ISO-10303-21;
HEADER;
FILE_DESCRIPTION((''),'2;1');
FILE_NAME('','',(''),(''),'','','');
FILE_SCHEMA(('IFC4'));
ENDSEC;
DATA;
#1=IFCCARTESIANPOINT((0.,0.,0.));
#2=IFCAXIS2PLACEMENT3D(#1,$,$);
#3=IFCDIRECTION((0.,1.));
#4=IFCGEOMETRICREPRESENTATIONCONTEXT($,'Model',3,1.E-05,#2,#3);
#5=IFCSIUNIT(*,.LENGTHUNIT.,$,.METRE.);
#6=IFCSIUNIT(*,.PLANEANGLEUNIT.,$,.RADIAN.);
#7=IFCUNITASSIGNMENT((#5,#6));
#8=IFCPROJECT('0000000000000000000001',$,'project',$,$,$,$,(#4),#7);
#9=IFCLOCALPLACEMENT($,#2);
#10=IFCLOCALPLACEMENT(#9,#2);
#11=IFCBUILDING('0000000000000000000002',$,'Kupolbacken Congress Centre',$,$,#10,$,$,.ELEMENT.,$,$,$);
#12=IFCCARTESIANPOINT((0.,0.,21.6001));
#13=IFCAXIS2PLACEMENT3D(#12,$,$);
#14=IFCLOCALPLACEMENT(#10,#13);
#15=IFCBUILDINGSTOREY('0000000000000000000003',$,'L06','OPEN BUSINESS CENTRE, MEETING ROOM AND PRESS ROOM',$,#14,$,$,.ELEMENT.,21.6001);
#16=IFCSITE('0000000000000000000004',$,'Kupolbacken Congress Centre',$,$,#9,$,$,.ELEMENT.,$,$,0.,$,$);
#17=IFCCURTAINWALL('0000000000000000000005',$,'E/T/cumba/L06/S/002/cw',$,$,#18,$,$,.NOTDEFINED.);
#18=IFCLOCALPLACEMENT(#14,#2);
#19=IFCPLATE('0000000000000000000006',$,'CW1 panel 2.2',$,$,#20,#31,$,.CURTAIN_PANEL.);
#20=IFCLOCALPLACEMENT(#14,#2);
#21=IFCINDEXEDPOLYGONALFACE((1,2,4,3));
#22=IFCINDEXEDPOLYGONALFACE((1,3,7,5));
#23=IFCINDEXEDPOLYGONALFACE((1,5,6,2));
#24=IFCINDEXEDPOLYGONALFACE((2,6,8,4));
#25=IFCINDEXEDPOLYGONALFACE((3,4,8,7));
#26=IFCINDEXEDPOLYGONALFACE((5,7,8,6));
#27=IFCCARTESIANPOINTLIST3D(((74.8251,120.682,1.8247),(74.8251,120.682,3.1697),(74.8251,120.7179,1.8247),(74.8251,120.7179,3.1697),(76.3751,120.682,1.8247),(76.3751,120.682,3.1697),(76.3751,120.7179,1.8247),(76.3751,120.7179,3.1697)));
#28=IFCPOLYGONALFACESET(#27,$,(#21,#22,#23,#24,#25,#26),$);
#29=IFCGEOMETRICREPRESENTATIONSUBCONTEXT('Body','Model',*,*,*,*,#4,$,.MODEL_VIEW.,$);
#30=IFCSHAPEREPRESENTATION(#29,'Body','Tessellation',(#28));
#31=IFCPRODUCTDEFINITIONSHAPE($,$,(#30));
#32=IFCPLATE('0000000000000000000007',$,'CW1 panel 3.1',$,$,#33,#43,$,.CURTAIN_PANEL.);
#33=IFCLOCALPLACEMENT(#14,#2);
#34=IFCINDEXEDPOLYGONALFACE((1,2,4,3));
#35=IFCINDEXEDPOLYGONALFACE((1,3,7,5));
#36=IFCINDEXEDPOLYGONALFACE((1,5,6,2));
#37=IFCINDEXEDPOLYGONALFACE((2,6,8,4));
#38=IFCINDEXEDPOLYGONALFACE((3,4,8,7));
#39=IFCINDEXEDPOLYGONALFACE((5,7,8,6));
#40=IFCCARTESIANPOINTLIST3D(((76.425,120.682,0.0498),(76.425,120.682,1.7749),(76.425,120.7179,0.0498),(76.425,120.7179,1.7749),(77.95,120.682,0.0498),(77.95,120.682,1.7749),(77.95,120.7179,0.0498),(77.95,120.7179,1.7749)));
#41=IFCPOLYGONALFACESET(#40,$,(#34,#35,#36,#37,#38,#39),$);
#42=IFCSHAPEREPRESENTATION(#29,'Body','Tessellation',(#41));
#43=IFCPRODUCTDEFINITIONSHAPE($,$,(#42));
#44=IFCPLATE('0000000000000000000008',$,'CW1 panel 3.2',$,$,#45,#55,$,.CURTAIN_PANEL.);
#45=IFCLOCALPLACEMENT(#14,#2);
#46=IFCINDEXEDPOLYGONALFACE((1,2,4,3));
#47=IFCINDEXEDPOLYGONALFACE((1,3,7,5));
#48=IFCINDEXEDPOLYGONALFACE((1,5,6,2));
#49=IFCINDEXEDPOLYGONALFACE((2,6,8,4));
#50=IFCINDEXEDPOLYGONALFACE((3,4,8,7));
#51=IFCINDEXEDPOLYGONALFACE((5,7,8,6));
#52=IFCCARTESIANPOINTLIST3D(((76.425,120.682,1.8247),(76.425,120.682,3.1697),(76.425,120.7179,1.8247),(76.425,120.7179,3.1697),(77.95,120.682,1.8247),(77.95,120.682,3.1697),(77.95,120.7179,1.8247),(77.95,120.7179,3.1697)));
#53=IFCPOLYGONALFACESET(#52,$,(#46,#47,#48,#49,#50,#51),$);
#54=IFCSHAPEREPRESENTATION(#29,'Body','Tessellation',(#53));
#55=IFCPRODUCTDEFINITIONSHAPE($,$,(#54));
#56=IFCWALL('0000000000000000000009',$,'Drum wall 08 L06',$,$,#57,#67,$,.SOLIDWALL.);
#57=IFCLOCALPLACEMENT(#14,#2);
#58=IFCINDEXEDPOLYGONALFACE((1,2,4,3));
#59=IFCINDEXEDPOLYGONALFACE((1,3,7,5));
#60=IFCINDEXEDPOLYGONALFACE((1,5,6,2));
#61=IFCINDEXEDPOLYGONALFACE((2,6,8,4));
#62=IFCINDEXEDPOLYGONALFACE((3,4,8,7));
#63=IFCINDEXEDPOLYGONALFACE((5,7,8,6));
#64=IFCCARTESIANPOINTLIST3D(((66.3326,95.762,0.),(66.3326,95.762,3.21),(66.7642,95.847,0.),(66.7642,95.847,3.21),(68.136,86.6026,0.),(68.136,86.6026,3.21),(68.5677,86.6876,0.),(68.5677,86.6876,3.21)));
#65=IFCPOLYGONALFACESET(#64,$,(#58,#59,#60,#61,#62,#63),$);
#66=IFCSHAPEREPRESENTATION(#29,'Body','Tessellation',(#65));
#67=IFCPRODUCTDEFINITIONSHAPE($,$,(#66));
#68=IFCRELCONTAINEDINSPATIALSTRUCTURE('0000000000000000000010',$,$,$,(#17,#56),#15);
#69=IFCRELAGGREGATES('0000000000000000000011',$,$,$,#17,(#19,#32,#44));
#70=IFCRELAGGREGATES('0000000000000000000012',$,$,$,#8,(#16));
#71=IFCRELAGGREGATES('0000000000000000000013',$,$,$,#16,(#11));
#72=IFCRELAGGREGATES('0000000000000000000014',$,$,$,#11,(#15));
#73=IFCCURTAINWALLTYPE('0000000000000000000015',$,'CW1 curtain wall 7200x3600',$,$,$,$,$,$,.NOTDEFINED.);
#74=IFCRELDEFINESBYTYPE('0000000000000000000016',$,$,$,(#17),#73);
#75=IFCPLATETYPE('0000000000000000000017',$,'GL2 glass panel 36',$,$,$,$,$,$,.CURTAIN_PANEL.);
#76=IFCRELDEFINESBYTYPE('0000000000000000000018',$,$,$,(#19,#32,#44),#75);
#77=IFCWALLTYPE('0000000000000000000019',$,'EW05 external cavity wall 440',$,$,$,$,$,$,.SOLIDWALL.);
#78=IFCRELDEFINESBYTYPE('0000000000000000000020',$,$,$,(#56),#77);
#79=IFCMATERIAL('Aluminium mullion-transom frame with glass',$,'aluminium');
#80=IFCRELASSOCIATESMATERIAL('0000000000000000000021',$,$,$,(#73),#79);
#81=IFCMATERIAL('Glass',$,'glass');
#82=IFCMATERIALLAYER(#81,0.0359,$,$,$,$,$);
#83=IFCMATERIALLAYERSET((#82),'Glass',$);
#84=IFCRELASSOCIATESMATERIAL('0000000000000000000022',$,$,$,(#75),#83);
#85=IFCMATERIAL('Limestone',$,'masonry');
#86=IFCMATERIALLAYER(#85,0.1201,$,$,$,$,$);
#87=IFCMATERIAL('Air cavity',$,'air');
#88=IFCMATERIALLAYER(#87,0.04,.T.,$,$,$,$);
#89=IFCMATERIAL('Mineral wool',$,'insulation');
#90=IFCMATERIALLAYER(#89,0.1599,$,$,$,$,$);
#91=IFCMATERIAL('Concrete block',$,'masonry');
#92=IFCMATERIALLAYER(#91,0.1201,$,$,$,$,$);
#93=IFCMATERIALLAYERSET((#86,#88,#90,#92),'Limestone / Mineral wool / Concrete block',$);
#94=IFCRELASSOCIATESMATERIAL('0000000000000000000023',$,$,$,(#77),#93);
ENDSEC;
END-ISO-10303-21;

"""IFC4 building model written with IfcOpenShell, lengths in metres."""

from ifc_helpers import new_model, si_unit, direction, frame, frame_2d, origin, origin_2d, place, context, subcontext, project, spatial, rectangle, extrude, material, layer, layer_set, type_object, element, aggregate, save


model = new_model("IFC4")

# Units and contexts
model_context = context("Model", 3, precision=1e-05, world=origin(), true_north=direction((0.0, 1.0)))
body_context = subcontext(model_context, "Body", "Model", "MODEL_VIEW")
ifc_project = project(units=[si_unit("LENGTHUNIT", "METRE"), si_unit("PLANEANGLEUNIT", "RADIAN")], contexts=[model_context])

# Site, building, storey
site_placement = place(None, origin())
site = spatial("IfcSite", under=ifc_project, at=site_placement, Name="Kupolbacken Congress Centre", CompositionType="ELEMENT", RefElevation=0.0)
building_placement = place(site_placement, origin())
building = spatial("IfcBuilding", under=site, at=building_placement, Name="Kupolbacken Congress Centre", CompositionType="ELEMENT")
storey_placement = place(building_placement, frame((0.0, 0.0, 21.6001)))
storey = spatial("IfcBuildingStorey", under=building, at=storey_placement, Name="L06", Description="OPEN BUSINESS CENTRE, MEETING ROOM AND PRESS ROOM", CompositionType="ELEMENT", Elevation=21.6001)

# Curtain wall, plates
ifc_material_1 = material(Name="Aluminium mullion-transom frame with glass", Category="aluminium")
curtain_wall_type = type_object("IfcCurtainWallType", Name="CW1 curtain wall 7200x3600", PredefinedType="NOTDEFINED", material=ifc_material_1)
curtain_wall_placement = place(storey_placement, origin())
curtain_wall = element("IfcCurtainWall", 1, at=curtain_wall_placement, inside=storey, type_object=curtain_wall_type, Name="E/T/cumba/L06/S/002/cw", PredefinedType="NOTDEFINED")
ifc_material_2 = material(Name="Glass", Category="glass")
ifc_layer_1 = layer(ifc_material_2, 0.0359)
ifc_layer_set_1 = layer_set([ifc_layer_1], Name="Glass")
plate_type = type_object("IfcPlateType", Name="GL2 glass panel 36", PredefinedType="CURTAIN_PANEL", material=ifc_layer_set_1)
plate_1_placement = place(storey_placement, frame((75.6001, 120.7, 1.8247), z_axis=(0.0, 0.0, 1.0), x_axis=(1.0, 0.0, 0.0)))
plate_1 = element("IfcPlate", 2, at=plate_1_placement, type_object=plate_type, Name="CW1 panel 2.2", PredefinedType="CURTAIN_PANEL", context=body_context, shape_type="SweptSolid", body=[
    extrude(rectangle(XDim=1.55, YDim=0.0359, at=origin_2d()), origin(), (0.0, 0.0, 1.0), 1.345),
])
plate_2_placement = place(storey_placement, frame((77.1875, 120.7, 0.0498), z_axis=(0.0, 0.0, 1.0), x_axis=(1.0, 0.0, 0.0)))
plate_2 = element("IfcPlate", 3, at=plate_2_placement, type_object=plate_type, Name="CW1 panel 3.1", PredefinedType="CURTAIN_PANEL", context=body_context, shape_type="SweptSolid", body=[
    extrude(rectangle(XDim=1.5249, YDim=0.0359, at=origin_2d()), origin(), (0.0, 0.0, 1.0), 1.7251),
])
plate_3_placement = place(storey_placement, frame((77.1875, 120.7, 1.8247), z_axis=(0.0, 0.0, 1.0), x_axis=(1.0, 0.0, 0.0)))
plate_3 = element("IfcPlate", 4, at=plate_3_placement, type_object=plate_type, Name="CW1 panel 3.2", PredefinedType="CURTAIN_PANEL", context=body_context, shape_type="SweptSolid", body=[
    extrude(rectangle(XDim=1.5249, YDim=0.0359, at=origin_2d()), origin(), (0.0, 0.0, 1.0), 1.345),
])
aggregate(curtain_wall, [plate_1, plate_2, plate_3])

# Wall
ifc_material_3 = material(Name="Limestone", Category="masonry")
ifc_layer_2 = layer(ifc_material_3, 0.1201)
ifc_material_4 = material(Name="Air cavity", Category="air")
ifc_layer_3 = layer(ifc_material_4, 0.04, ventilated=True)
ifc_material_5 = material(Name="Mineral wool", Category="insulation")
ifc_layer_4 = layer(ifc_material_5, 0.1599)
ifc_material_6 = material(Name="Concrete block", Category="masonry")
ifc_layer_5 = layer(ifc_material_6, 0.1201)
ifc_layer_set_2 = layer_set([ifc_layer_2, ifc_layer_3, ifc_layer_4, ifc_layer_5], Name="Limestone / Mineral wool / Concrete block")
wall_type = type_object("IfcWallType", Name="EW05 external cavity wall 440", PredefinedType="SOLIDWALL", material=ifc_layer_set_2)
wall_placement = place(storey_placement, frame((68.3518, 86.6453, 0.0), z_axis=(0.0, 0.0, 1.0), x_axis=(-0.193188, 0.981162, 0.0)))
element("IfcWall", 5, at=wall_placement, inside=storey, type_object=wall_type, Name="Drum wall 08 L06", PredefinedType="SOLIDWALL", context=body_context, shape_type="SweptSolid", body=[
    extrude(rectangle(XDim=9.3352, YDim=0.4399, at=frame_2d((4.6675, 0.0))), origin(), (0.0, 0.0, 1.0), 3.21),
])

save(model, "model.ifc")
